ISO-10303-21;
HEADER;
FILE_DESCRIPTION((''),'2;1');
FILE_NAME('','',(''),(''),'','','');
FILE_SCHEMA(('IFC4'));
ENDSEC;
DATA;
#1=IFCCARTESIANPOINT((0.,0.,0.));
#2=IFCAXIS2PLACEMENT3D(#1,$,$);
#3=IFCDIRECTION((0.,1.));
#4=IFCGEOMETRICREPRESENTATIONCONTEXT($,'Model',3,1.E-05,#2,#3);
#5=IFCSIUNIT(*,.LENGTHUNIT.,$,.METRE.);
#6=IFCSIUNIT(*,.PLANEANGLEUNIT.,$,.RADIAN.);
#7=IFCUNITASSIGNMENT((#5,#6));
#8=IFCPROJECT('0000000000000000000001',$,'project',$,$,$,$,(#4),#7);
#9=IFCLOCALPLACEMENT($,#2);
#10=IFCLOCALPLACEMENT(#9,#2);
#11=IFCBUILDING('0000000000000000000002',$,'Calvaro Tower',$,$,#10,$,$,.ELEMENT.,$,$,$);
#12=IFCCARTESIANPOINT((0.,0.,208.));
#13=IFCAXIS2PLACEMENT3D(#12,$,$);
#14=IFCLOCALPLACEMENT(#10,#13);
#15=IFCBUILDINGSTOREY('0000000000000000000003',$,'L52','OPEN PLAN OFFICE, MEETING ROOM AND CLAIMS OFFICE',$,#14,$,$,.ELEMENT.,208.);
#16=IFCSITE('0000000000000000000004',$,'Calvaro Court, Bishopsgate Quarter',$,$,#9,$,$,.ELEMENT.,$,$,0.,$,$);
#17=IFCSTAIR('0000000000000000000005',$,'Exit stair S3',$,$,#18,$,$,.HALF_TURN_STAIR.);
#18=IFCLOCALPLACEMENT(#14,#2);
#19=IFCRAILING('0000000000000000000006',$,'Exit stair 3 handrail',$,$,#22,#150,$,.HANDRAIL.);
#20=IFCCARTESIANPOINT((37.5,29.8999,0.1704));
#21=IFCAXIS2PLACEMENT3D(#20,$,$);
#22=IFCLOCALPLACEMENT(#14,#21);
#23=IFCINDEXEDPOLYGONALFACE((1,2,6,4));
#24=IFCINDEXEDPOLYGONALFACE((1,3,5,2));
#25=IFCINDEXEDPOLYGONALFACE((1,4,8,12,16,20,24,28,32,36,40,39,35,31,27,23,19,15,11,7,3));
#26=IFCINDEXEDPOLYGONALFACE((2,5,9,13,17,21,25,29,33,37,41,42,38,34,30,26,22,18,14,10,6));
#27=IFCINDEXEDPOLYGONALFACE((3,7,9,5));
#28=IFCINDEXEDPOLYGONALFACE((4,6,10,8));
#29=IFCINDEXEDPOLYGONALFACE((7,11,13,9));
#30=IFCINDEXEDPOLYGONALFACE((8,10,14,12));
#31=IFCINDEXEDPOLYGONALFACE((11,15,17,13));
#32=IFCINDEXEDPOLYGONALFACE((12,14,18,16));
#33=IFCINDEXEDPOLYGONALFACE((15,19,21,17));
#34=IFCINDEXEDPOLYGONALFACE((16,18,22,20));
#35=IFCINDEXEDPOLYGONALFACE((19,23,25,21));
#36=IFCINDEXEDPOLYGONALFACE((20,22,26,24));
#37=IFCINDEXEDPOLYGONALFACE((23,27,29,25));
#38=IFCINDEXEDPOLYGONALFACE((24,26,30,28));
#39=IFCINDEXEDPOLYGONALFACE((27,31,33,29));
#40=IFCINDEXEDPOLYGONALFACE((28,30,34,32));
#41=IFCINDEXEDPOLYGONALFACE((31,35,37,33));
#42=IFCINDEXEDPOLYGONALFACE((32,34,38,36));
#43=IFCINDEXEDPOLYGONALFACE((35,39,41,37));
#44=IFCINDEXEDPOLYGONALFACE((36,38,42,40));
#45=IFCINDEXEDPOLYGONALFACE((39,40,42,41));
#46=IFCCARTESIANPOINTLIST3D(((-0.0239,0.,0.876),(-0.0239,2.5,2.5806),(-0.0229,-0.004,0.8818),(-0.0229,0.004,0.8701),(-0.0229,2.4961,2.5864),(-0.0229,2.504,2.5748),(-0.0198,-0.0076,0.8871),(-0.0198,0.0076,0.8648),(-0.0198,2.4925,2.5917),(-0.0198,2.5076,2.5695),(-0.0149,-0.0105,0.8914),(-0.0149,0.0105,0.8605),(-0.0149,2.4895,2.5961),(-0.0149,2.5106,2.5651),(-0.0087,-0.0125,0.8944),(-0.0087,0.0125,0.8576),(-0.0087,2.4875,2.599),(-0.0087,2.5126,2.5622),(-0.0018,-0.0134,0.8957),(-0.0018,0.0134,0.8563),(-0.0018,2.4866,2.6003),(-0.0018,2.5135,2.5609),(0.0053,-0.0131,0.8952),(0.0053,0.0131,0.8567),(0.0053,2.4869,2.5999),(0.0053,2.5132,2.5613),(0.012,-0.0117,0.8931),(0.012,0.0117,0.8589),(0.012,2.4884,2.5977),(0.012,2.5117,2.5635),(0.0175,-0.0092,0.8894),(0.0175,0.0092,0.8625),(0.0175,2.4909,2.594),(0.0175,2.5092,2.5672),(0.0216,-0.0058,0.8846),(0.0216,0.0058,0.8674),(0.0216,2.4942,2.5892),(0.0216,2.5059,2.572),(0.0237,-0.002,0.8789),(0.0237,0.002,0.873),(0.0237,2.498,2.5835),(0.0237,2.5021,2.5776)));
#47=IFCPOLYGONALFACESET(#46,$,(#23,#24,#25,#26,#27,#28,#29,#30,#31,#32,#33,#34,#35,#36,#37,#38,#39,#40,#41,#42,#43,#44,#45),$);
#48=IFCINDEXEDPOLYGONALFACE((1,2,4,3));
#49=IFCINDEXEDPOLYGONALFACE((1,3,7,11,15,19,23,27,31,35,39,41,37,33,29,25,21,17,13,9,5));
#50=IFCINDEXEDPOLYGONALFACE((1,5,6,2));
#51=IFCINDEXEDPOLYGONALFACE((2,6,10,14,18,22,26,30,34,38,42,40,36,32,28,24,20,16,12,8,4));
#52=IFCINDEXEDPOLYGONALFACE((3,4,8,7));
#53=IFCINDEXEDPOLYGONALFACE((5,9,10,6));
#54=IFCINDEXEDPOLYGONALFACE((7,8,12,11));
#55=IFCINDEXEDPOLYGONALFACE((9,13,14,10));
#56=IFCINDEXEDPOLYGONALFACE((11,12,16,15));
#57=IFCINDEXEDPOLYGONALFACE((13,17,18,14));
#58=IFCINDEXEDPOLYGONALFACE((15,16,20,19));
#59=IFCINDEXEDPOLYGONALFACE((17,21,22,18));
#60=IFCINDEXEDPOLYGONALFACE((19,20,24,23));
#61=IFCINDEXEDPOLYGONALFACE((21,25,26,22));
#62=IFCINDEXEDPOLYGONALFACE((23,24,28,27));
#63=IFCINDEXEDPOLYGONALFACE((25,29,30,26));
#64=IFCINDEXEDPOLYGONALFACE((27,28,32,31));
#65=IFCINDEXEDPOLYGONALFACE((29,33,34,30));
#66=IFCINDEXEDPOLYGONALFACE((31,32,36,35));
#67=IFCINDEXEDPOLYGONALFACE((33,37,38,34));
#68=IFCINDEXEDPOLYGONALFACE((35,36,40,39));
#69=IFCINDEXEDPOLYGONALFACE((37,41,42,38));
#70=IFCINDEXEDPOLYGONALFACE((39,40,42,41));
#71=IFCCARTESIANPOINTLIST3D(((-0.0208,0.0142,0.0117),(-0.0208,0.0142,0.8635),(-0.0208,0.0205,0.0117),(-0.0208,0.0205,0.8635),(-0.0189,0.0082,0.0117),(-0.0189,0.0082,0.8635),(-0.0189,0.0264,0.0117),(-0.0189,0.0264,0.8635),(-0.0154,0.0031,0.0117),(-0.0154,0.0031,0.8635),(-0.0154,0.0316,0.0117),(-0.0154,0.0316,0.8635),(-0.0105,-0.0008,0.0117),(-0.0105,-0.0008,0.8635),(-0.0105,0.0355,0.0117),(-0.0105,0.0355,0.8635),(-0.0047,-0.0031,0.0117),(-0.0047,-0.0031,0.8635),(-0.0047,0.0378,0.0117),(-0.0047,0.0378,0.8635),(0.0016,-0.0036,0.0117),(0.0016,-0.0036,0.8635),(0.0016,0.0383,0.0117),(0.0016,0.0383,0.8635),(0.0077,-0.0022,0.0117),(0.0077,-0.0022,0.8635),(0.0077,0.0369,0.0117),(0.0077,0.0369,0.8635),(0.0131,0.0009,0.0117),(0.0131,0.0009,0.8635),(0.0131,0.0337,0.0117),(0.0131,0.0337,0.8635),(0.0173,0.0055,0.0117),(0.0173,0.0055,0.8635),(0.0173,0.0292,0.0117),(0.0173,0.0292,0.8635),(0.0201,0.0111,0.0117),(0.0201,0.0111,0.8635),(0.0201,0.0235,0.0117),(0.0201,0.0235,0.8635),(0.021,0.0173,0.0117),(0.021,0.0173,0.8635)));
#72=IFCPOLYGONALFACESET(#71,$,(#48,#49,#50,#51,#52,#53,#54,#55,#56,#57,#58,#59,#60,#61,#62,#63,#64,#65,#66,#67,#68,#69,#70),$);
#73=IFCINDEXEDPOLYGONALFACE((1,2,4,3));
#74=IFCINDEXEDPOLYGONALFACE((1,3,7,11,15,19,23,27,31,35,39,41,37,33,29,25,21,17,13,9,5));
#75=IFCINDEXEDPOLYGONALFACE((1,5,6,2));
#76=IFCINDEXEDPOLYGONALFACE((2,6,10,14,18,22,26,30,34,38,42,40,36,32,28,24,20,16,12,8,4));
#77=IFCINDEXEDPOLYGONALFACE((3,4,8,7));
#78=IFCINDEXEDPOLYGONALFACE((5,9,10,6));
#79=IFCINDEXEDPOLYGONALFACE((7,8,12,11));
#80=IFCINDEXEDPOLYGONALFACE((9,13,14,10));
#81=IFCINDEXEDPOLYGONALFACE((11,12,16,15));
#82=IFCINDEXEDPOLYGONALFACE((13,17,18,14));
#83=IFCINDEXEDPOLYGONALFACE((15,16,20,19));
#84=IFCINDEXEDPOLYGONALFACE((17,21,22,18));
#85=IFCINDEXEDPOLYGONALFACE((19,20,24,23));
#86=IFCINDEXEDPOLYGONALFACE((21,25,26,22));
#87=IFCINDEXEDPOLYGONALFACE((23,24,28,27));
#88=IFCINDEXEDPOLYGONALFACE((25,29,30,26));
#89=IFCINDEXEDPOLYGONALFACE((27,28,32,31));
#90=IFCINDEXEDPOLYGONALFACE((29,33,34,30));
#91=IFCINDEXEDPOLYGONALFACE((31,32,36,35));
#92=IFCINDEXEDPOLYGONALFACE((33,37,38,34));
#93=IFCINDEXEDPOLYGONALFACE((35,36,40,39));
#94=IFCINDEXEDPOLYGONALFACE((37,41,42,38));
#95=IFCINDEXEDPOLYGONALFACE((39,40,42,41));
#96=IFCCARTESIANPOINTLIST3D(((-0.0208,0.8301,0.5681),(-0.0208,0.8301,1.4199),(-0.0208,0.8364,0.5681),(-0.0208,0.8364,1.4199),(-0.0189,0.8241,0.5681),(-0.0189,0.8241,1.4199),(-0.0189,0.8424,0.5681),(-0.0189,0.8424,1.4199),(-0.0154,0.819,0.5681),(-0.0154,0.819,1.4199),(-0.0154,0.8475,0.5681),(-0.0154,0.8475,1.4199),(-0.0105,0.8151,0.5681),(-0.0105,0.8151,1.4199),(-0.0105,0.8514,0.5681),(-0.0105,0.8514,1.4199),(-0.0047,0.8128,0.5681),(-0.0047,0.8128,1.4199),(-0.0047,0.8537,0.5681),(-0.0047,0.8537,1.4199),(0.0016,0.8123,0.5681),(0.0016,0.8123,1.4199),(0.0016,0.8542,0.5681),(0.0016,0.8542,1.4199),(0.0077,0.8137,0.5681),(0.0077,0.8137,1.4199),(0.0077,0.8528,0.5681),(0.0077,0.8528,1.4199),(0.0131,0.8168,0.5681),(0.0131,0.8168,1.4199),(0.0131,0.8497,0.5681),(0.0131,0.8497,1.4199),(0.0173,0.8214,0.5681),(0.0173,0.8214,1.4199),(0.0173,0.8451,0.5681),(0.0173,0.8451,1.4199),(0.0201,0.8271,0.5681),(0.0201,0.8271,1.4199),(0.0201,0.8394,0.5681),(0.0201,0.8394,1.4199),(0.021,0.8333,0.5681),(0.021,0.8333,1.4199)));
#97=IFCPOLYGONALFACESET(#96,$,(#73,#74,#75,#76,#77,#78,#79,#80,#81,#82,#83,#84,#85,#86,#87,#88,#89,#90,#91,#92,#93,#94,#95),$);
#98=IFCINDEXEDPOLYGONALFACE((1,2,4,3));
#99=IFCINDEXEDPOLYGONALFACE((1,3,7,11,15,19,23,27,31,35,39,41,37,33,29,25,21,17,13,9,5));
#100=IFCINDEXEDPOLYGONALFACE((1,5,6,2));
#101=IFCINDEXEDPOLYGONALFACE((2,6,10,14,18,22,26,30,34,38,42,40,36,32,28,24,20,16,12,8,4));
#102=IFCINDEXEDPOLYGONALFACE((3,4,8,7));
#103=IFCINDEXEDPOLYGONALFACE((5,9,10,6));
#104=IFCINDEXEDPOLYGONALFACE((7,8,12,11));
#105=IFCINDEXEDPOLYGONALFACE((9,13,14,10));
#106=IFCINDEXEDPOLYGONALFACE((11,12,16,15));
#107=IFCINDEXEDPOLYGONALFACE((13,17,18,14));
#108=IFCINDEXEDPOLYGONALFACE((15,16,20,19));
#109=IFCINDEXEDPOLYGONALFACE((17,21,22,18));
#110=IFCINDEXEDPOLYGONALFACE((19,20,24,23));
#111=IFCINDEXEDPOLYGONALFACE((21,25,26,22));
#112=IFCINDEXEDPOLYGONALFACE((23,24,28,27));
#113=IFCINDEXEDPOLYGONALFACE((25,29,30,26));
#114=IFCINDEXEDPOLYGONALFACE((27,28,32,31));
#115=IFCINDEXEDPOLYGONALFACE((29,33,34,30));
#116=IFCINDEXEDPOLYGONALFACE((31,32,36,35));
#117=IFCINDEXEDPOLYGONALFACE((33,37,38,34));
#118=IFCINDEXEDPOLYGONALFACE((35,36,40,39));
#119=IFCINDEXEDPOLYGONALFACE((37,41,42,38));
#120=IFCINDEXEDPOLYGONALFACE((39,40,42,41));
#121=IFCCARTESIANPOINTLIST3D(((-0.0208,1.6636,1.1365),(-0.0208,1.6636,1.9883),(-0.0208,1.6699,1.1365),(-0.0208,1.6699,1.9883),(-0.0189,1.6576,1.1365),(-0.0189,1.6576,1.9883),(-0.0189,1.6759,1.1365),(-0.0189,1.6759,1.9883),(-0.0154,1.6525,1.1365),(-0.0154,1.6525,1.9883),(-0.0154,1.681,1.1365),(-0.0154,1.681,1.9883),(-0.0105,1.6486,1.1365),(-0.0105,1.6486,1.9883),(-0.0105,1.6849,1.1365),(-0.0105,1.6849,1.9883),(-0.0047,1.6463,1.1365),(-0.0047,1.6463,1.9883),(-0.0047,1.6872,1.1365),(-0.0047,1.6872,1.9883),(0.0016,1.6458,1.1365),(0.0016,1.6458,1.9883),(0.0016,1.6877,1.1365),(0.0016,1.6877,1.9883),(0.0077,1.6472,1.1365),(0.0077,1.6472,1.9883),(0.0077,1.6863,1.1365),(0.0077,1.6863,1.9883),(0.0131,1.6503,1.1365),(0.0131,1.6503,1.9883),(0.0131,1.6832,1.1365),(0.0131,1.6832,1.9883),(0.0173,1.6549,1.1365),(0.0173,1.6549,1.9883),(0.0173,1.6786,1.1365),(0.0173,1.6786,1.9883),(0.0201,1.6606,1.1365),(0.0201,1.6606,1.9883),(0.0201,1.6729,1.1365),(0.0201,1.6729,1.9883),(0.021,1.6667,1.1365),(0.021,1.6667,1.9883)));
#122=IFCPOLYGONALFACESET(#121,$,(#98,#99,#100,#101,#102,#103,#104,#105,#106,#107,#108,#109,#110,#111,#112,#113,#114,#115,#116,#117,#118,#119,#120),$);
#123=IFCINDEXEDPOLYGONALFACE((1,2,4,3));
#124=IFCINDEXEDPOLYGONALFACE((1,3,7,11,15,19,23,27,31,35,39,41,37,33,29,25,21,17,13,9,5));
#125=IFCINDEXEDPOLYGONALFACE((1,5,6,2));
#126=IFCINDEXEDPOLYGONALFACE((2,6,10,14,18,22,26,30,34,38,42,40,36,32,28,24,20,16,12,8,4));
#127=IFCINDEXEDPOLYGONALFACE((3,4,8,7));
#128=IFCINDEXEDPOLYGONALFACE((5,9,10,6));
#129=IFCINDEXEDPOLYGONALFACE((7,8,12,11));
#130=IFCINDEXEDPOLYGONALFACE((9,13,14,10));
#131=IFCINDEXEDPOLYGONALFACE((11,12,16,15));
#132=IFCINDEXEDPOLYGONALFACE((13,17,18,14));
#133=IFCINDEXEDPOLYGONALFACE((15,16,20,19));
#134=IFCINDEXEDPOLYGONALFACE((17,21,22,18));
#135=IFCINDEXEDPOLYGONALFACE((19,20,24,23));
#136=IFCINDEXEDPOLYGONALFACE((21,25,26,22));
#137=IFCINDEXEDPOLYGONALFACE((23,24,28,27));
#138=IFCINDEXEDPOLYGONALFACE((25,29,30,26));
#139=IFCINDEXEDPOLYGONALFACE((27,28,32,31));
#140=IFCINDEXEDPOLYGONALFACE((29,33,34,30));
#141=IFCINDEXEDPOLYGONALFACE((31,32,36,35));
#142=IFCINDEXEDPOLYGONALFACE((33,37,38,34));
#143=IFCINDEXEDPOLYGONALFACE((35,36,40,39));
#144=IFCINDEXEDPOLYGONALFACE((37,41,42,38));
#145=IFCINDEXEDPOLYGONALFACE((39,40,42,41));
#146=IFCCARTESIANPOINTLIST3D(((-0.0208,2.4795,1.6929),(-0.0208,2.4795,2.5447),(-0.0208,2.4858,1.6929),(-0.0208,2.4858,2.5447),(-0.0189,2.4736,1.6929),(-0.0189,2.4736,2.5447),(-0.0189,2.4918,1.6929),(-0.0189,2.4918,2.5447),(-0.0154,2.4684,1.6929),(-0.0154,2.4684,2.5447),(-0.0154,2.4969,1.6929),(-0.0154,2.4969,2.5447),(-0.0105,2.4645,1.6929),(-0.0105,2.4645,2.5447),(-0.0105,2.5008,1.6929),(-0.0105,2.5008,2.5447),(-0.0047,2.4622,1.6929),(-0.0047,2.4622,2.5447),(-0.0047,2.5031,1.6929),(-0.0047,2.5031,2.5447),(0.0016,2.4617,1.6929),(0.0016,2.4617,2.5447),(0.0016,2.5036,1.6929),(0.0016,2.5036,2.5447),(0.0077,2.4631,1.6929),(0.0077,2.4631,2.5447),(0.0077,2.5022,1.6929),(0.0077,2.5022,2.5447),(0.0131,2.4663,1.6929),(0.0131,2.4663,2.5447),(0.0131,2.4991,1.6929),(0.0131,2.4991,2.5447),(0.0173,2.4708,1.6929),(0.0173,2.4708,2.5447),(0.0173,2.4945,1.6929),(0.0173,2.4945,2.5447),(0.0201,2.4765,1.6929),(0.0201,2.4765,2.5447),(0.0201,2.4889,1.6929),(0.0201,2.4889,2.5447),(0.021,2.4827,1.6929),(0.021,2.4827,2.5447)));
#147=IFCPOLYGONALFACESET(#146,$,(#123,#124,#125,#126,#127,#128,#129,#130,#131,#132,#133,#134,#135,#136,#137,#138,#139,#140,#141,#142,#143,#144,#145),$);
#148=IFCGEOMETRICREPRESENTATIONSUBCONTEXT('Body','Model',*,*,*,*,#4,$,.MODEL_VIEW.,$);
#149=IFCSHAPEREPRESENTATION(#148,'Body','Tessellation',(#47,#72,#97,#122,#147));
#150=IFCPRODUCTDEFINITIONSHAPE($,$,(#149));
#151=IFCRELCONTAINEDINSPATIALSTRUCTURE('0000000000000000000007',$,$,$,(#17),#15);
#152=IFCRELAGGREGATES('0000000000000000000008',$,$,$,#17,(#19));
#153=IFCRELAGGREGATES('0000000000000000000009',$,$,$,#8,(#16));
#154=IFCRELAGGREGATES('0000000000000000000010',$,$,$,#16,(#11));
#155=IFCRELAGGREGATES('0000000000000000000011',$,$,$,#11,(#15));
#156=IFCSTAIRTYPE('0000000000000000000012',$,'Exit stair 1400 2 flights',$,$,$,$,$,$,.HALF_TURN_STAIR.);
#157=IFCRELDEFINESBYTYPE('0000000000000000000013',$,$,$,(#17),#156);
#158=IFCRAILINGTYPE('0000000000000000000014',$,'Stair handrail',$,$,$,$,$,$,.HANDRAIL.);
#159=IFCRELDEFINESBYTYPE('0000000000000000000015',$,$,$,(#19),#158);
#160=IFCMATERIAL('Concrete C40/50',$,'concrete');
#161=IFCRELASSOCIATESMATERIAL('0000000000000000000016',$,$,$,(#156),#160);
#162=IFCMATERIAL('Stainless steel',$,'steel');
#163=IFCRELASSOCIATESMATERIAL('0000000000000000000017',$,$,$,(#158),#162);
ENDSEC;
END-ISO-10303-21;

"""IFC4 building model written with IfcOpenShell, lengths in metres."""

from ifc_helpers import new_model, si_unit, direction, frame, origin, origin_2d, place, context, subcontext, project, spatial, circle, extrude, material, type_object, element, aggregate, save


model = new_model("IFC4")

# Units and contexts
model_context = context("Model", 3, precision=1e-05, world=origin(), true_north=direction((0.0, 1.0)))
body_context = subcontext(model_context, "Body", "Model", "MODEL_VIEW")
ifc_project = project(units=[si_unit("LENGTHUNIT", "METRE"), si_unit("PLANEANGLEUNIT", "RADIAN")], contexts=[model_context])

# Site, building, storey
site_placement = place(None, origin())
site = spatial("IfcSite", under=ifc_project, at=site_placement, Name="Calvaro Court, Bishopsgate Quarter", CompositionType="ELEMENT", RefElevation=0.0)
building_placement = place(site_placement, origin())
building = spatial("IfcBuilding", under=site, at=building_placement, Name="Calvaro Tower", CompositionType="ELEMENT")
storey_placement = place(building_placement, frame((0.0, 0.0, 208.0)))
storey = spatial("IfcBuildingStorey", under=building, at=storey_placement, Name="L52", Description="OPEN PLAN OFFICE, MEETING ROOM AND CLAIMS OFFICE", CompositionType="ELEMENT", Elevation=208.0)

# Stair, railing
ifc_material_1 = material(Name="Concrete C40/50", Category="concrete")
stair_type = type_object("IfcStairType", Name="Exit stair 1400 2 flights", PredefinedType="HALF_TURN_STAIR", material=ifc_material_1)
stair_placement = place(storey_placement, origin())
stair = element("IfcStair", 1, at=stair_placement, inside=storey, type_object=stair_type, Name="Exit stair S3", PredefinedType="HALF_TURN_STAIR")
ifc_material_2 = material(Name="Stainless steel", Category="steel")
railing_type = type_object("IfcRailingType", Name="Stair handrail", PredefinedType="HANDRAIL", material=ifc_material_2)
railing_1_placement = place(storey_placement, frame((37.5, 29.8999, 0.1704)))
railing_1 = element("IfcRailing", 2, at=railing_1_placement, type_object=railing_type, Name="Exit stair 3 handrail", PredefinedType="HANDRAIL", context=body_context, shape_type="SweptSolid", body=[
    extrude(circle(Radius=0.0239, at=origin_2d()), frame((0.0, 0.0, 0.876), z_axis=(0.0, 0.826221, 0.563347), x_axis=(-1.0, 0.0, 0.0)), (0.0, 0.0, 1.0), 3.0259),
    extrude(circle(Radius=0.021, at=origin_2d()), frame((0.0, 0.0173, 0.0117)), (0.0, 0.0, 1.0), 0.8518),
    extrude(circle(Radius=0.021, at=origin_2d()), frame((0.0, 0.8333, 0.5681)), (0.0, 0.0, 1.0), 0.8518),
    extrude(circle(Radius=0.021, at=origin_2d()), frame((0.0, 1.6667, 1.1365)), (0.0, 0.0, 1.0), 0.8518),
    extrude(circle(Radius=0.021, at=origin_2d()), frame((0.0, 2.4827, 1.6929)), (0.0, 0.0, 1.0), 0.8518),
])
aggregate(stair, [railing_1])

save(model, "model.ifc")
